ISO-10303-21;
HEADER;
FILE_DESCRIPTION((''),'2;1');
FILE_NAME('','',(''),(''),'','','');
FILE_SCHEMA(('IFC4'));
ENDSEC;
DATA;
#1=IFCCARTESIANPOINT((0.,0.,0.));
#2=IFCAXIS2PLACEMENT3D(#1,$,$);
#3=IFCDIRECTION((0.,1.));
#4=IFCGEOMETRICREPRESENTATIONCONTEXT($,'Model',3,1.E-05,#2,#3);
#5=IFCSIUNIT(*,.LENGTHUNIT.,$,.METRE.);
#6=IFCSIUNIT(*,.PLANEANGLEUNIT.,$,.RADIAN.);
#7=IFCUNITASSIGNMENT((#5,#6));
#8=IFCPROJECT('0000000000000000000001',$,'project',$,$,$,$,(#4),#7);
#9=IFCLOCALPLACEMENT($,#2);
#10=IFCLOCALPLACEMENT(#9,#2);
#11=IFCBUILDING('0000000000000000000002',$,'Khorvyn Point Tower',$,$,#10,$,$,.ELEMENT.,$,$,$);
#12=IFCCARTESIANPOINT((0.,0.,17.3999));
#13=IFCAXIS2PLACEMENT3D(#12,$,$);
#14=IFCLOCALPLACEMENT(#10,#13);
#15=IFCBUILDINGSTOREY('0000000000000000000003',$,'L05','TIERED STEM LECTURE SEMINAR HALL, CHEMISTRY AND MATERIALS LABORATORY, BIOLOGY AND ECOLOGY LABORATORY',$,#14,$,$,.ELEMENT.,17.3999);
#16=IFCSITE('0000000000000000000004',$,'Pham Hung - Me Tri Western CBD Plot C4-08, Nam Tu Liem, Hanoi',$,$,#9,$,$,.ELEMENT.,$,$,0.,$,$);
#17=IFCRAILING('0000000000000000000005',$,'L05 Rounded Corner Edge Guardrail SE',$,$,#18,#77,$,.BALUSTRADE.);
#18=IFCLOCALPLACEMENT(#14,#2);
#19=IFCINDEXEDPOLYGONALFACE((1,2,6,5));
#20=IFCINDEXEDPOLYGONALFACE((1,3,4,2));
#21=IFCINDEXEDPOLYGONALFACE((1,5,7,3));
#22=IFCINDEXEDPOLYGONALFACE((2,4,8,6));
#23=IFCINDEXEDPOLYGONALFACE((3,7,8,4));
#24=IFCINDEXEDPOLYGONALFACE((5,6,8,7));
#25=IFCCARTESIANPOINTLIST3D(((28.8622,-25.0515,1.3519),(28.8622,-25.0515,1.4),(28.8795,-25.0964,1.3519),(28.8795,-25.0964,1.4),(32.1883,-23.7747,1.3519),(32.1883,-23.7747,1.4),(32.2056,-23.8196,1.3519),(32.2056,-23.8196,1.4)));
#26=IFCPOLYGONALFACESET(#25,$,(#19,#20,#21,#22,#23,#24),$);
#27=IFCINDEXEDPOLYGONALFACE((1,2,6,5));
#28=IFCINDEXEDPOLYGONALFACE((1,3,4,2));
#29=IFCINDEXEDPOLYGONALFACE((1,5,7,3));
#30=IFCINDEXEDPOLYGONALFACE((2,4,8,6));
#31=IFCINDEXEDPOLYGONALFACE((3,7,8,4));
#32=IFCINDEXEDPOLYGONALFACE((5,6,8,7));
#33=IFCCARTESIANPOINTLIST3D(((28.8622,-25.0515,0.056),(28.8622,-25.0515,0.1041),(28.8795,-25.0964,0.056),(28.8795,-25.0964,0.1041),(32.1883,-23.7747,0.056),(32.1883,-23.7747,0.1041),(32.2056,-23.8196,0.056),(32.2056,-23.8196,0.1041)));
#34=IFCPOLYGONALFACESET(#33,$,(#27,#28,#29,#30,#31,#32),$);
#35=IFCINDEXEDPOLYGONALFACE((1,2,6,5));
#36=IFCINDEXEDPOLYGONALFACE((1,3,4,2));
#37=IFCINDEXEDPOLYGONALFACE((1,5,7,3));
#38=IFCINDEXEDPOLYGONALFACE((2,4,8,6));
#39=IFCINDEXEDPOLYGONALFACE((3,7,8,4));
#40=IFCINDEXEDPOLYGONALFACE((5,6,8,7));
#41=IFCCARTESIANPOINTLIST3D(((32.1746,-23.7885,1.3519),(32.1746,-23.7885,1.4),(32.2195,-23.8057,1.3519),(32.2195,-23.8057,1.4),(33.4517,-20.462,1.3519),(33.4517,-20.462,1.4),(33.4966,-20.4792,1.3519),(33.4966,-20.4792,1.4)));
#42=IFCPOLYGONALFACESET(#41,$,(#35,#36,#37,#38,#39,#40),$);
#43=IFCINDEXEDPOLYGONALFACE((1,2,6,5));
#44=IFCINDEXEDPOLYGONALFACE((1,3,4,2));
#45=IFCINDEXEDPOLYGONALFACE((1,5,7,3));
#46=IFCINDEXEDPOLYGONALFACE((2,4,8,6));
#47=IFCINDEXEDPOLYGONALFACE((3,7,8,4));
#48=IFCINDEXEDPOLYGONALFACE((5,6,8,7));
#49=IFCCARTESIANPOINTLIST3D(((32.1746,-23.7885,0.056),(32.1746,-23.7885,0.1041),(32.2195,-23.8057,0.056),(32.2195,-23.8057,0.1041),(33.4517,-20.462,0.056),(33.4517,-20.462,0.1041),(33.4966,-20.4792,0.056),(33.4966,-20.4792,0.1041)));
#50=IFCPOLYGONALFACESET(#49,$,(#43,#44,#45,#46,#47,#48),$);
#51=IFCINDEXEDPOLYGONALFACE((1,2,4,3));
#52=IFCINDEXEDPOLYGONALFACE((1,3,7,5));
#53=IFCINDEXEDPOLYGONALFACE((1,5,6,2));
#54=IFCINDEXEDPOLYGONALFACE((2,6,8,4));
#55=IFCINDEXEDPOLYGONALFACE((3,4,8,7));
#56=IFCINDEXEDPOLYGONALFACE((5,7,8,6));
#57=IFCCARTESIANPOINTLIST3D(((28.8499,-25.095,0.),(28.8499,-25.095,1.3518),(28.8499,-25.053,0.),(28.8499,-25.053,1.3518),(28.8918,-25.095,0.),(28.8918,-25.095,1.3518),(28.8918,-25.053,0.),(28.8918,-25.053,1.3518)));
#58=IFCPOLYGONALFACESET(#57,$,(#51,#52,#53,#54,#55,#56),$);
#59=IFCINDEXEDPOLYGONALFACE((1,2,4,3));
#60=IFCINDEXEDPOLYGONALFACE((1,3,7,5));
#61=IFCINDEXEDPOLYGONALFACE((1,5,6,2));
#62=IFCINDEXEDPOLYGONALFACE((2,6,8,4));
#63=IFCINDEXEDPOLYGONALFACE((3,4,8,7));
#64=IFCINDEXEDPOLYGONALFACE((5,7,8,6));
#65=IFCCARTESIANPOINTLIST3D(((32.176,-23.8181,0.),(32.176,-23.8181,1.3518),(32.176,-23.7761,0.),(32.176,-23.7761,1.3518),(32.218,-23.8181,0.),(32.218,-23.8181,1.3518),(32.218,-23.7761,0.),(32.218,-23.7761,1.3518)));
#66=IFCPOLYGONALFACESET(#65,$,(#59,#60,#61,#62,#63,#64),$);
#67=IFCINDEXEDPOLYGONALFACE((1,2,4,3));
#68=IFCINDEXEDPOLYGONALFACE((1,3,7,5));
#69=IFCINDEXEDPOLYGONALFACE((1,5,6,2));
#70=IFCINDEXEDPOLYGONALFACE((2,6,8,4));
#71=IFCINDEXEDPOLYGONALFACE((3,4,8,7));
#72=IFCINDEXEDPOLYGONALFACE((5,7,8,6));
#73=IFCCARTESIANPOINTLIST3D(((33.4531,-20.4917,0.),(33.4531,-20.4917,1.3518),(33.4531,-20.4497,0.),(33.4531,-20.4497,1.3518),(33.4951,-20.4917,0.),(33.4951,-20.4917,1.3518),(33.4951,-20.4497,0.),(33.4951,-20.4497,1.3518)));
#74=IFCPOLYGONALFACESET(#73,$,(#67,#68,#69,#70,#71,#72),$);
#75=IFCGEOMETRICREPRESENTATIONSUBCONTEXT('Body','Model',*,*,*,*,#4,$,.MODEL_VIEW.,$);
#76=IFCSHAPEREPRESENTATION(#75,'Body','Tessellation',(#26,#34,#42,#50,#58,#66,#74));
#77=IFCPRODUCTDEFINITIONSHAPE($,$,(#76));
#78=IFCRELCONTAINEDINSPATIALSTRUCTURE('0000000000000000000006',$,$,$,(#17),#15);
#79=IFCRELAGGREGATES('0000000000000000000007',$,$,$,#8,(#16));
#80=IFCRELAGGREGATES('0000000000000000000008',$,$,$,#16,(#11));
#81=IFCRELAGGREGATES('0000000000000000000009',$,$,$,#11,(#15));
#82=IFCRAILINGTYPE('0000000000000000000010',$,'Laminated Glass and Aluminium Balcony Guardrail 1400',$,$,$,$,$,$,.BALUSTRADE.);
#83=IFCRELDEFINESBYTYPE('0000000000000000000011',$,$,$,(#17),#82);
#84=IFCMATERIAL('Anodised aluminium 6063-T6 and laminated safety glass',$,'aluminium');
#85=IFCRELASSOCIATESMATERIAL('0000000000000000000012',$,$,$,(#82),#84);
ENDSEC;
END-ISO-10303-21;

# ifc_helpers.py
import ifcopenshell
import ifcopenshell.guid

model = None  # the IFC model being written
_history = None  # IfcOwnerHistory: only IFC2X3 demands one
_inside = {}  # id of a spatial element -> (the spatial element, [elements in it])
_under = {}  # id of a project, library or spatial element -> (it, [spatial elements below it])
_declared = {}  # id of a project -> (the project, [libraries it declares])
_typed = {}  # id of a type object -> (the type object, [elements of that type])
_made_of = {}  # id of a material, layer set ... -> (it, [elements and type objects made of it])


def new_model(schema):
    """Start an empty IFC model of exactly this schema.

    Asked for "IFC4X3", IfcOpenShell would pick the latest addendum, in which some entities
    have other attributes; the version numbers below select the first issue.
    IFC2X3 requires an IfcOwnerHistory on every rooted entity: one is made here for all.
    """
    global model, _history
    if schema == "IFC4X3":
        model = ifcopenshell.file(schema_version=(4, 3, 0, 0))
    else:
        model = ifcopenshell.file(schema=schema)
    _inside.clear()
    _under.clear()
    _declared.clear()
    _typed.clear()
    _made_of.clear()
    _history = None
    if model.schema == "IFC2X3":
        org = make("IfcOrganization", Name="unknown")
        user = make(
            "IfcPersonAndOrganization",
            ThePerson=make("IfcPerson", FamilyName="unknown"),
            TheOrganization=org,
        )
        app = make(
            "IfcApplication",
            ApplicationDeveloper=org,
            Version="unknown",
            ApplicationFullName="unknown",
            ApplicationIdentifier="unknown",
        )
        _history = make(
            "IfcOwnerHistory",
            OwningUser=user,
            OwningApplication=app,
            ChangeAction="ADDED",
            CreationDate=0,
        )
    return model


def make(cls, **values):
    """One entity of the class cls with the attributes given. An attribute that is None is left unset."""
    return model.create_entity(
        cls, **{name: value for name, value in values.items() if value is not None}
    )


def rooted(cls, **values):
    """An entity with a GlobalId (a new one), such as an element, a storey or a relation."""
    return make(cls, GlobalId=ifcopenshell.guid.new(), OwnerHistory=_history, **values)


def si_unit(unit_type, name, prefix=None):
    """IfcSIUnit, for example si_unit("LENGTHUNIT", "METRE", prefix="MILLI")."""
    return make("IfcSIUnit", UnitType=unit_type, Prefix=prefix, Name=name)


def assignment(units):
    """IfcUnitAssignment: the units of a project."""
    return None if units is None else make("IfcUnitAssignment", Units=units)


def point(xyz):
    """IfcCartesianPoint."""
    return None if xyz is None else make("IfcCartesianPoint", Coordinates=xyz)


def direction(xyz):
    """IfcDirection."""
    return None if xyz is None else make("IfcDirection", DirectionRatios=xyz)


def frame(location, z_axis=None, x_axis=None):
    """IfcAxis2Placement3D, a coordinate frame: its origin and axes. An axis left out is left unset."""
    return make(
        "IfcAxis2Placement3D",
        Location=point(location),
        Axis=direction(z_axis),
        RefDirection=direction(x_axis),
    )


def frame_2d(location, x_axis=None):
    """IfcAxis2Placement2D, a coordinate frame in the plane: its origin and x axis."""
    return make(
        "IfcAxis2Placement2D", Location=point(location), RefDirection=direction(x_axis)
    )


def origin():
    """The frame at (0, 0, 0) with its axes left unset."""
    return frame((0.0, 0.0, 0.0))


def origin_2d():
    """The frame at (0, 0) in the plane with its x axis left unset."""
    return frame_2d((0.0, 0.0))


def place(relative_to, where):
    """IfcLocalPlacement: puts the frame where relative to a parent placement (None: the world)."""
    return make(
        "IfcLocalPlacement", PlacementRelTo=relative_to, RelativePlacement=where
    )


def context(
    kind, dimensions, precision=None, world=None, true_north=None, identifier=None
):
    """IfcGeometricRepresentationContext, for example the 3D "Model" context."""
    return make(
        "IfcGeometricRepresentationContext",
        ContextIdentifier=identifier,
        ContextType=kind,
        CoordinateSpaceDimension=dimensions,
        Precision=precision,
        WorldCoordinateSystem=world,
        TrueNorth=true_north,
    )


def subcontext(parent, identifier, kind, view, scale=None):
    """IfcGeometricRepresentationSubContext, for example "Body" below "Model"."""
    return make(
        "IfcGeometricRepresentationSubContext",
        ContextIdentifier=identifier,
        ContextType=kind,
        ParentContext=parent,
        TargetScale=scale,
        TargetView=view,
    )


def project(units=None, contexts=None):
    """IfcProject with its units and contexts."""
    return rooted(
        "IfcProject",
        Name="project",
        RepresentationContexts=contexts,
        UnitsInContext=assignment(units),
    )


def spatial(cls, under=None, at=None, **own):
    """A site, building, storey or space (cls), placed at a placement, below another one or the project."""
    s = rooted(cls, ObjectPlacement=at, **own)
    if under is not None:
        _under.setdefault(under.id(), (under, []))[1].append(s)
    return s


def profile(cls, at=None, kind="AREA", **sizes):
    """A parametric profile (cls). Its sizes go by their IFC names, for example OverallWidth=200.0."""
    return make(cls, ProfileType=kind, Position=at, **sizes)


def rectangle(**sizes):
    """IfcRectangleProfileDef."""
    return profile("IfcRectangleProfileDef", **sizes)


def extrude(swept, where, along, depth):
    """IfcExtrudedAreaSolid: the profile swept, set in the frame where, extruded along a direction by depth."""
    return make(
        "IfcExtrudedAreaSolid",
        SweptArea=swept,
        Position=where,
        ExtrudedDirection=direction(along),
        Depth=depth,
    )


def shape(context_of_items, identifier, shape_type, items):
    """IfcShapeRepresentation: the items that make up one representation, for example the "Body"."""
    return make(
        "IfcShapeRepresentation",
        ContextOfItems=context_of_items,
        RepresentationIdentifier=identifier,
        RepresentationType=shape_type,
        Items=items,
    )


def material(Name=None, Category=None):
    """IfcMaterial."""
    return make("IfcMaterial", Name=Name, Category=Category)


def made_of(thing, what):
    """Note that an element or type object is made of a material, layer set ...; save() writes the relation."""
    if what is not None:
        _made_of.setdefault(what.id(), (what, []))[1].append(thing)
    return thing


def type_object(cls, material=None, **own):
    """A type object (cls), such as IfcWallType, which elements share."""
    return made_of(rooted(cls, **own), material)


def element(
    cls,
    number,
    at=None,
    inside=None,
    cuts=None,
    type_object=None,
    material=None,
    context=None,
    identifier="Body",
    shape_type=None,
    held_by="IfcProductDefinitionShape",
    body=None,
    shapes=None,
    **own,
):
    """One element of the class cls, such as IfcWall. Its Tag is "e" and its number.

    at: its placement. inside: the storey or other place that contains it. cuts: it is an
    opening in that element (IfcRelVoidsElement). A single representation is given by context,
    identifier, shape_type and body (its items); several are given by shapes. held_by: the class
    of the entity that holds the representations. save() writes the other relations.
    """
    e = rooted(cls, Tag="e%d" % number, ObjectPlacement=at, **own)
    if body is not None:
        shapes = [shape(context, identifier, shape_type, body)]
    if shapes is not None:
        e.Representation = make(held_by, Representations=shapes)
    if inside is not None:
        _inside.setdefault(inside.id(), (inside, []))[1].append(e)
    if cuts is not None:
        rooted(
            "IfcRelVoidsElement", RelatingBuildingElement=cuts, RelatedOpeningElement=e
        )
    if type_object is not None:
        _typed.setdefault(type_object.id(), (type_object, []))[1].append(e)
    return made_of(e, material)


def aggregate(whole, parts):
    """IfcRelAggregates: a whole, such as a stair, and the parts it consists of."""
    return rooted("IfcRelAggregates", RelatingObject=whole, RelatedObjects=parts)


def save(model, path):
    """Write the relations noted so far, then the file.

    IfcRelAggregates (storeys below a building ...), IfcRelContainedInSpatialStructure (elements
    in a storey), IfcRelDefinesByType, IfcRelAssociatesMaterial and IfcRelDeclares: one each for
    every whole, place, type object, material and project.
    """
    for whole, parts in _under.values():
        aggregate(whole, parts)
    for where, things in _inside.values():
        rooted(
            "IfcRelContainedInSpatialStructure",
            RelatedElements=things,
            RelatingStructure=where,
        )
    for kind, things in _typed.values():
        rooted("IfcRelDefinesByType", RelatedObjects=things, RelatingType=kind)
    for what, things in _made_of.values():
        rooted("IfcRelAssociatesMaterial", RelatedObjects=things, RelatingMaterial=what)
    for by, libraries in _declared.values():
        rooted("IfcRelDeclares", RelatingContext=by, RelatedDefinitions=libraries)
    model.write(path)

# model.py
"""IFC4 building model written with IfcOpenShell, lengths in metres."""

from ifc_helpers import new_model, si_unit, direction, frame, origin, origin_2d, place, context, subcontext, project, spatial, rectangle, extrude, material, type_object, element, save


model = new_model("IFC4")

# Units and contexts
model_context = context("Model", 3, precision=1e-05, world=origin(), true_north=direction((0.0, 1.0)))
body_context = subcontext(model_context, "Body", "Model", "MODEL_VIEW")
ifc_project = project(units=[si_unit("LENGTHUNIT", "METRE"), si_unit("PLANEANGLEUNIT", "RADIAN")], contexts=[model_context])

# Site, building, storey
site_placement = place(None, origin())
site = spatial("IfcSite", under=ifc_project, at=site_placement, Name="Pham Hung - Me Tri Western CBD Plot C4-08, Nam Tu Liem, Hanoi", CompositionType="ELEMENT", RefElevation=0.0)
building_placement = place(site_placement, origin())
building = spatial("IfcBuilding", under=site, at=building_placement, Name="Khorvyn Point Tower", CompositionType="ELEMENT")
storey_placement = place(building_placement, frame((0.0, 0.0, 17.3999)))
storey = spatial("IfcBuildingStorey", under=building, at=storey_placement, Name="L05", Description="TIERED STEM LECTURE SEMINAR HALL, CHEMISTRY AND MATERIALS LABORATORY, BIOLOGY AND ECOLOGY LABORATORY", CompositionType="ELEMENT", Elevation=17.3999)

# Railing
ifc_material_1 = material(Name="Anodised aluminium 6063-T6 and laminated safety glass", Category="aluminium")
railing_type = type_object("IfcRailingType", Name="Laminated Glass and Aluminium Balcony Guardrail 1400", PredefinedType="BALUSTRADE", material=ifc_material_1)
railing_placement = place(storey_placement, frame((28.8708, -25.074, 0.0)))
element("IfcRailing", 1, at=railing_placement, inside=storey, type_object=railing_type, Name="L05 Rounded Corner Edge Guardrail SE", PredefinedType="BALUSTRADE", context=body_context, shape_type="SweptSolid", body=[
    extrude(rectangle(XDim=0.0481, YDim=0.0481, at=origin_2d()), frame((0.0, 0.0, 1.376), z_axis=(0.933575, 0.358382, 0.0), x_axis=(-0.358382, 0.933575, 0.0)), (0.0, 0.0, 1.0), 3.5627),
    extrude(rectangle(XDim=0.0481, YDim=0.0481, at=origin_2d()), frame((0.0, 0.0, 0.0801), z_axis=(0.933575, 0.358382, 0.0), x_axis=(-0.358382, 0.933575, 0.0)), (0.0, 0.0, 1.0), 3.5627),
    extrude(rectangle(XDim=0.0481, YDim=0.0481, at=origin_2d()), frame((3.3262, 1.2769, 1.376), z_axis=(0.358419, 0.933561, 0.0), x_axis=(-0.933561, 0.358419, 0.0)), (0.0, 0.0, 1.0), 3.5632),
    extrude(rectangle(XDim=0.0481, YDim=0.0481, at=origin_2d()), frame((3.3262, 1.2769, 0.0801), z_axis=(0.358419, 0.933561, 0.0), x_axis=(-0.933561, 0.358419, 0.0)), (0.0, 0.0, 1.0), 3.5632),
    extrude(rectangle(XDim=0.042, YDim=0.042, at=origin_2d()), origin(), (0.0, 0.0, 1.0), 1.3518),
    extrude(rectangle(XDim=0.042, YDim=0.042, at=origin_2d()), frame((3.3262, 1.2769, 0.0)), (0.0, 0.0, 1.0), 1.3518),
    extrude(rectangle(XDim=0.042, YDim=0.042, at=origin_2d()), frame((4.6033, 4.6033, 0.0)), (0.0, 0.0, 1.0), 1.3518),
])

save(model, "model.ifc")
